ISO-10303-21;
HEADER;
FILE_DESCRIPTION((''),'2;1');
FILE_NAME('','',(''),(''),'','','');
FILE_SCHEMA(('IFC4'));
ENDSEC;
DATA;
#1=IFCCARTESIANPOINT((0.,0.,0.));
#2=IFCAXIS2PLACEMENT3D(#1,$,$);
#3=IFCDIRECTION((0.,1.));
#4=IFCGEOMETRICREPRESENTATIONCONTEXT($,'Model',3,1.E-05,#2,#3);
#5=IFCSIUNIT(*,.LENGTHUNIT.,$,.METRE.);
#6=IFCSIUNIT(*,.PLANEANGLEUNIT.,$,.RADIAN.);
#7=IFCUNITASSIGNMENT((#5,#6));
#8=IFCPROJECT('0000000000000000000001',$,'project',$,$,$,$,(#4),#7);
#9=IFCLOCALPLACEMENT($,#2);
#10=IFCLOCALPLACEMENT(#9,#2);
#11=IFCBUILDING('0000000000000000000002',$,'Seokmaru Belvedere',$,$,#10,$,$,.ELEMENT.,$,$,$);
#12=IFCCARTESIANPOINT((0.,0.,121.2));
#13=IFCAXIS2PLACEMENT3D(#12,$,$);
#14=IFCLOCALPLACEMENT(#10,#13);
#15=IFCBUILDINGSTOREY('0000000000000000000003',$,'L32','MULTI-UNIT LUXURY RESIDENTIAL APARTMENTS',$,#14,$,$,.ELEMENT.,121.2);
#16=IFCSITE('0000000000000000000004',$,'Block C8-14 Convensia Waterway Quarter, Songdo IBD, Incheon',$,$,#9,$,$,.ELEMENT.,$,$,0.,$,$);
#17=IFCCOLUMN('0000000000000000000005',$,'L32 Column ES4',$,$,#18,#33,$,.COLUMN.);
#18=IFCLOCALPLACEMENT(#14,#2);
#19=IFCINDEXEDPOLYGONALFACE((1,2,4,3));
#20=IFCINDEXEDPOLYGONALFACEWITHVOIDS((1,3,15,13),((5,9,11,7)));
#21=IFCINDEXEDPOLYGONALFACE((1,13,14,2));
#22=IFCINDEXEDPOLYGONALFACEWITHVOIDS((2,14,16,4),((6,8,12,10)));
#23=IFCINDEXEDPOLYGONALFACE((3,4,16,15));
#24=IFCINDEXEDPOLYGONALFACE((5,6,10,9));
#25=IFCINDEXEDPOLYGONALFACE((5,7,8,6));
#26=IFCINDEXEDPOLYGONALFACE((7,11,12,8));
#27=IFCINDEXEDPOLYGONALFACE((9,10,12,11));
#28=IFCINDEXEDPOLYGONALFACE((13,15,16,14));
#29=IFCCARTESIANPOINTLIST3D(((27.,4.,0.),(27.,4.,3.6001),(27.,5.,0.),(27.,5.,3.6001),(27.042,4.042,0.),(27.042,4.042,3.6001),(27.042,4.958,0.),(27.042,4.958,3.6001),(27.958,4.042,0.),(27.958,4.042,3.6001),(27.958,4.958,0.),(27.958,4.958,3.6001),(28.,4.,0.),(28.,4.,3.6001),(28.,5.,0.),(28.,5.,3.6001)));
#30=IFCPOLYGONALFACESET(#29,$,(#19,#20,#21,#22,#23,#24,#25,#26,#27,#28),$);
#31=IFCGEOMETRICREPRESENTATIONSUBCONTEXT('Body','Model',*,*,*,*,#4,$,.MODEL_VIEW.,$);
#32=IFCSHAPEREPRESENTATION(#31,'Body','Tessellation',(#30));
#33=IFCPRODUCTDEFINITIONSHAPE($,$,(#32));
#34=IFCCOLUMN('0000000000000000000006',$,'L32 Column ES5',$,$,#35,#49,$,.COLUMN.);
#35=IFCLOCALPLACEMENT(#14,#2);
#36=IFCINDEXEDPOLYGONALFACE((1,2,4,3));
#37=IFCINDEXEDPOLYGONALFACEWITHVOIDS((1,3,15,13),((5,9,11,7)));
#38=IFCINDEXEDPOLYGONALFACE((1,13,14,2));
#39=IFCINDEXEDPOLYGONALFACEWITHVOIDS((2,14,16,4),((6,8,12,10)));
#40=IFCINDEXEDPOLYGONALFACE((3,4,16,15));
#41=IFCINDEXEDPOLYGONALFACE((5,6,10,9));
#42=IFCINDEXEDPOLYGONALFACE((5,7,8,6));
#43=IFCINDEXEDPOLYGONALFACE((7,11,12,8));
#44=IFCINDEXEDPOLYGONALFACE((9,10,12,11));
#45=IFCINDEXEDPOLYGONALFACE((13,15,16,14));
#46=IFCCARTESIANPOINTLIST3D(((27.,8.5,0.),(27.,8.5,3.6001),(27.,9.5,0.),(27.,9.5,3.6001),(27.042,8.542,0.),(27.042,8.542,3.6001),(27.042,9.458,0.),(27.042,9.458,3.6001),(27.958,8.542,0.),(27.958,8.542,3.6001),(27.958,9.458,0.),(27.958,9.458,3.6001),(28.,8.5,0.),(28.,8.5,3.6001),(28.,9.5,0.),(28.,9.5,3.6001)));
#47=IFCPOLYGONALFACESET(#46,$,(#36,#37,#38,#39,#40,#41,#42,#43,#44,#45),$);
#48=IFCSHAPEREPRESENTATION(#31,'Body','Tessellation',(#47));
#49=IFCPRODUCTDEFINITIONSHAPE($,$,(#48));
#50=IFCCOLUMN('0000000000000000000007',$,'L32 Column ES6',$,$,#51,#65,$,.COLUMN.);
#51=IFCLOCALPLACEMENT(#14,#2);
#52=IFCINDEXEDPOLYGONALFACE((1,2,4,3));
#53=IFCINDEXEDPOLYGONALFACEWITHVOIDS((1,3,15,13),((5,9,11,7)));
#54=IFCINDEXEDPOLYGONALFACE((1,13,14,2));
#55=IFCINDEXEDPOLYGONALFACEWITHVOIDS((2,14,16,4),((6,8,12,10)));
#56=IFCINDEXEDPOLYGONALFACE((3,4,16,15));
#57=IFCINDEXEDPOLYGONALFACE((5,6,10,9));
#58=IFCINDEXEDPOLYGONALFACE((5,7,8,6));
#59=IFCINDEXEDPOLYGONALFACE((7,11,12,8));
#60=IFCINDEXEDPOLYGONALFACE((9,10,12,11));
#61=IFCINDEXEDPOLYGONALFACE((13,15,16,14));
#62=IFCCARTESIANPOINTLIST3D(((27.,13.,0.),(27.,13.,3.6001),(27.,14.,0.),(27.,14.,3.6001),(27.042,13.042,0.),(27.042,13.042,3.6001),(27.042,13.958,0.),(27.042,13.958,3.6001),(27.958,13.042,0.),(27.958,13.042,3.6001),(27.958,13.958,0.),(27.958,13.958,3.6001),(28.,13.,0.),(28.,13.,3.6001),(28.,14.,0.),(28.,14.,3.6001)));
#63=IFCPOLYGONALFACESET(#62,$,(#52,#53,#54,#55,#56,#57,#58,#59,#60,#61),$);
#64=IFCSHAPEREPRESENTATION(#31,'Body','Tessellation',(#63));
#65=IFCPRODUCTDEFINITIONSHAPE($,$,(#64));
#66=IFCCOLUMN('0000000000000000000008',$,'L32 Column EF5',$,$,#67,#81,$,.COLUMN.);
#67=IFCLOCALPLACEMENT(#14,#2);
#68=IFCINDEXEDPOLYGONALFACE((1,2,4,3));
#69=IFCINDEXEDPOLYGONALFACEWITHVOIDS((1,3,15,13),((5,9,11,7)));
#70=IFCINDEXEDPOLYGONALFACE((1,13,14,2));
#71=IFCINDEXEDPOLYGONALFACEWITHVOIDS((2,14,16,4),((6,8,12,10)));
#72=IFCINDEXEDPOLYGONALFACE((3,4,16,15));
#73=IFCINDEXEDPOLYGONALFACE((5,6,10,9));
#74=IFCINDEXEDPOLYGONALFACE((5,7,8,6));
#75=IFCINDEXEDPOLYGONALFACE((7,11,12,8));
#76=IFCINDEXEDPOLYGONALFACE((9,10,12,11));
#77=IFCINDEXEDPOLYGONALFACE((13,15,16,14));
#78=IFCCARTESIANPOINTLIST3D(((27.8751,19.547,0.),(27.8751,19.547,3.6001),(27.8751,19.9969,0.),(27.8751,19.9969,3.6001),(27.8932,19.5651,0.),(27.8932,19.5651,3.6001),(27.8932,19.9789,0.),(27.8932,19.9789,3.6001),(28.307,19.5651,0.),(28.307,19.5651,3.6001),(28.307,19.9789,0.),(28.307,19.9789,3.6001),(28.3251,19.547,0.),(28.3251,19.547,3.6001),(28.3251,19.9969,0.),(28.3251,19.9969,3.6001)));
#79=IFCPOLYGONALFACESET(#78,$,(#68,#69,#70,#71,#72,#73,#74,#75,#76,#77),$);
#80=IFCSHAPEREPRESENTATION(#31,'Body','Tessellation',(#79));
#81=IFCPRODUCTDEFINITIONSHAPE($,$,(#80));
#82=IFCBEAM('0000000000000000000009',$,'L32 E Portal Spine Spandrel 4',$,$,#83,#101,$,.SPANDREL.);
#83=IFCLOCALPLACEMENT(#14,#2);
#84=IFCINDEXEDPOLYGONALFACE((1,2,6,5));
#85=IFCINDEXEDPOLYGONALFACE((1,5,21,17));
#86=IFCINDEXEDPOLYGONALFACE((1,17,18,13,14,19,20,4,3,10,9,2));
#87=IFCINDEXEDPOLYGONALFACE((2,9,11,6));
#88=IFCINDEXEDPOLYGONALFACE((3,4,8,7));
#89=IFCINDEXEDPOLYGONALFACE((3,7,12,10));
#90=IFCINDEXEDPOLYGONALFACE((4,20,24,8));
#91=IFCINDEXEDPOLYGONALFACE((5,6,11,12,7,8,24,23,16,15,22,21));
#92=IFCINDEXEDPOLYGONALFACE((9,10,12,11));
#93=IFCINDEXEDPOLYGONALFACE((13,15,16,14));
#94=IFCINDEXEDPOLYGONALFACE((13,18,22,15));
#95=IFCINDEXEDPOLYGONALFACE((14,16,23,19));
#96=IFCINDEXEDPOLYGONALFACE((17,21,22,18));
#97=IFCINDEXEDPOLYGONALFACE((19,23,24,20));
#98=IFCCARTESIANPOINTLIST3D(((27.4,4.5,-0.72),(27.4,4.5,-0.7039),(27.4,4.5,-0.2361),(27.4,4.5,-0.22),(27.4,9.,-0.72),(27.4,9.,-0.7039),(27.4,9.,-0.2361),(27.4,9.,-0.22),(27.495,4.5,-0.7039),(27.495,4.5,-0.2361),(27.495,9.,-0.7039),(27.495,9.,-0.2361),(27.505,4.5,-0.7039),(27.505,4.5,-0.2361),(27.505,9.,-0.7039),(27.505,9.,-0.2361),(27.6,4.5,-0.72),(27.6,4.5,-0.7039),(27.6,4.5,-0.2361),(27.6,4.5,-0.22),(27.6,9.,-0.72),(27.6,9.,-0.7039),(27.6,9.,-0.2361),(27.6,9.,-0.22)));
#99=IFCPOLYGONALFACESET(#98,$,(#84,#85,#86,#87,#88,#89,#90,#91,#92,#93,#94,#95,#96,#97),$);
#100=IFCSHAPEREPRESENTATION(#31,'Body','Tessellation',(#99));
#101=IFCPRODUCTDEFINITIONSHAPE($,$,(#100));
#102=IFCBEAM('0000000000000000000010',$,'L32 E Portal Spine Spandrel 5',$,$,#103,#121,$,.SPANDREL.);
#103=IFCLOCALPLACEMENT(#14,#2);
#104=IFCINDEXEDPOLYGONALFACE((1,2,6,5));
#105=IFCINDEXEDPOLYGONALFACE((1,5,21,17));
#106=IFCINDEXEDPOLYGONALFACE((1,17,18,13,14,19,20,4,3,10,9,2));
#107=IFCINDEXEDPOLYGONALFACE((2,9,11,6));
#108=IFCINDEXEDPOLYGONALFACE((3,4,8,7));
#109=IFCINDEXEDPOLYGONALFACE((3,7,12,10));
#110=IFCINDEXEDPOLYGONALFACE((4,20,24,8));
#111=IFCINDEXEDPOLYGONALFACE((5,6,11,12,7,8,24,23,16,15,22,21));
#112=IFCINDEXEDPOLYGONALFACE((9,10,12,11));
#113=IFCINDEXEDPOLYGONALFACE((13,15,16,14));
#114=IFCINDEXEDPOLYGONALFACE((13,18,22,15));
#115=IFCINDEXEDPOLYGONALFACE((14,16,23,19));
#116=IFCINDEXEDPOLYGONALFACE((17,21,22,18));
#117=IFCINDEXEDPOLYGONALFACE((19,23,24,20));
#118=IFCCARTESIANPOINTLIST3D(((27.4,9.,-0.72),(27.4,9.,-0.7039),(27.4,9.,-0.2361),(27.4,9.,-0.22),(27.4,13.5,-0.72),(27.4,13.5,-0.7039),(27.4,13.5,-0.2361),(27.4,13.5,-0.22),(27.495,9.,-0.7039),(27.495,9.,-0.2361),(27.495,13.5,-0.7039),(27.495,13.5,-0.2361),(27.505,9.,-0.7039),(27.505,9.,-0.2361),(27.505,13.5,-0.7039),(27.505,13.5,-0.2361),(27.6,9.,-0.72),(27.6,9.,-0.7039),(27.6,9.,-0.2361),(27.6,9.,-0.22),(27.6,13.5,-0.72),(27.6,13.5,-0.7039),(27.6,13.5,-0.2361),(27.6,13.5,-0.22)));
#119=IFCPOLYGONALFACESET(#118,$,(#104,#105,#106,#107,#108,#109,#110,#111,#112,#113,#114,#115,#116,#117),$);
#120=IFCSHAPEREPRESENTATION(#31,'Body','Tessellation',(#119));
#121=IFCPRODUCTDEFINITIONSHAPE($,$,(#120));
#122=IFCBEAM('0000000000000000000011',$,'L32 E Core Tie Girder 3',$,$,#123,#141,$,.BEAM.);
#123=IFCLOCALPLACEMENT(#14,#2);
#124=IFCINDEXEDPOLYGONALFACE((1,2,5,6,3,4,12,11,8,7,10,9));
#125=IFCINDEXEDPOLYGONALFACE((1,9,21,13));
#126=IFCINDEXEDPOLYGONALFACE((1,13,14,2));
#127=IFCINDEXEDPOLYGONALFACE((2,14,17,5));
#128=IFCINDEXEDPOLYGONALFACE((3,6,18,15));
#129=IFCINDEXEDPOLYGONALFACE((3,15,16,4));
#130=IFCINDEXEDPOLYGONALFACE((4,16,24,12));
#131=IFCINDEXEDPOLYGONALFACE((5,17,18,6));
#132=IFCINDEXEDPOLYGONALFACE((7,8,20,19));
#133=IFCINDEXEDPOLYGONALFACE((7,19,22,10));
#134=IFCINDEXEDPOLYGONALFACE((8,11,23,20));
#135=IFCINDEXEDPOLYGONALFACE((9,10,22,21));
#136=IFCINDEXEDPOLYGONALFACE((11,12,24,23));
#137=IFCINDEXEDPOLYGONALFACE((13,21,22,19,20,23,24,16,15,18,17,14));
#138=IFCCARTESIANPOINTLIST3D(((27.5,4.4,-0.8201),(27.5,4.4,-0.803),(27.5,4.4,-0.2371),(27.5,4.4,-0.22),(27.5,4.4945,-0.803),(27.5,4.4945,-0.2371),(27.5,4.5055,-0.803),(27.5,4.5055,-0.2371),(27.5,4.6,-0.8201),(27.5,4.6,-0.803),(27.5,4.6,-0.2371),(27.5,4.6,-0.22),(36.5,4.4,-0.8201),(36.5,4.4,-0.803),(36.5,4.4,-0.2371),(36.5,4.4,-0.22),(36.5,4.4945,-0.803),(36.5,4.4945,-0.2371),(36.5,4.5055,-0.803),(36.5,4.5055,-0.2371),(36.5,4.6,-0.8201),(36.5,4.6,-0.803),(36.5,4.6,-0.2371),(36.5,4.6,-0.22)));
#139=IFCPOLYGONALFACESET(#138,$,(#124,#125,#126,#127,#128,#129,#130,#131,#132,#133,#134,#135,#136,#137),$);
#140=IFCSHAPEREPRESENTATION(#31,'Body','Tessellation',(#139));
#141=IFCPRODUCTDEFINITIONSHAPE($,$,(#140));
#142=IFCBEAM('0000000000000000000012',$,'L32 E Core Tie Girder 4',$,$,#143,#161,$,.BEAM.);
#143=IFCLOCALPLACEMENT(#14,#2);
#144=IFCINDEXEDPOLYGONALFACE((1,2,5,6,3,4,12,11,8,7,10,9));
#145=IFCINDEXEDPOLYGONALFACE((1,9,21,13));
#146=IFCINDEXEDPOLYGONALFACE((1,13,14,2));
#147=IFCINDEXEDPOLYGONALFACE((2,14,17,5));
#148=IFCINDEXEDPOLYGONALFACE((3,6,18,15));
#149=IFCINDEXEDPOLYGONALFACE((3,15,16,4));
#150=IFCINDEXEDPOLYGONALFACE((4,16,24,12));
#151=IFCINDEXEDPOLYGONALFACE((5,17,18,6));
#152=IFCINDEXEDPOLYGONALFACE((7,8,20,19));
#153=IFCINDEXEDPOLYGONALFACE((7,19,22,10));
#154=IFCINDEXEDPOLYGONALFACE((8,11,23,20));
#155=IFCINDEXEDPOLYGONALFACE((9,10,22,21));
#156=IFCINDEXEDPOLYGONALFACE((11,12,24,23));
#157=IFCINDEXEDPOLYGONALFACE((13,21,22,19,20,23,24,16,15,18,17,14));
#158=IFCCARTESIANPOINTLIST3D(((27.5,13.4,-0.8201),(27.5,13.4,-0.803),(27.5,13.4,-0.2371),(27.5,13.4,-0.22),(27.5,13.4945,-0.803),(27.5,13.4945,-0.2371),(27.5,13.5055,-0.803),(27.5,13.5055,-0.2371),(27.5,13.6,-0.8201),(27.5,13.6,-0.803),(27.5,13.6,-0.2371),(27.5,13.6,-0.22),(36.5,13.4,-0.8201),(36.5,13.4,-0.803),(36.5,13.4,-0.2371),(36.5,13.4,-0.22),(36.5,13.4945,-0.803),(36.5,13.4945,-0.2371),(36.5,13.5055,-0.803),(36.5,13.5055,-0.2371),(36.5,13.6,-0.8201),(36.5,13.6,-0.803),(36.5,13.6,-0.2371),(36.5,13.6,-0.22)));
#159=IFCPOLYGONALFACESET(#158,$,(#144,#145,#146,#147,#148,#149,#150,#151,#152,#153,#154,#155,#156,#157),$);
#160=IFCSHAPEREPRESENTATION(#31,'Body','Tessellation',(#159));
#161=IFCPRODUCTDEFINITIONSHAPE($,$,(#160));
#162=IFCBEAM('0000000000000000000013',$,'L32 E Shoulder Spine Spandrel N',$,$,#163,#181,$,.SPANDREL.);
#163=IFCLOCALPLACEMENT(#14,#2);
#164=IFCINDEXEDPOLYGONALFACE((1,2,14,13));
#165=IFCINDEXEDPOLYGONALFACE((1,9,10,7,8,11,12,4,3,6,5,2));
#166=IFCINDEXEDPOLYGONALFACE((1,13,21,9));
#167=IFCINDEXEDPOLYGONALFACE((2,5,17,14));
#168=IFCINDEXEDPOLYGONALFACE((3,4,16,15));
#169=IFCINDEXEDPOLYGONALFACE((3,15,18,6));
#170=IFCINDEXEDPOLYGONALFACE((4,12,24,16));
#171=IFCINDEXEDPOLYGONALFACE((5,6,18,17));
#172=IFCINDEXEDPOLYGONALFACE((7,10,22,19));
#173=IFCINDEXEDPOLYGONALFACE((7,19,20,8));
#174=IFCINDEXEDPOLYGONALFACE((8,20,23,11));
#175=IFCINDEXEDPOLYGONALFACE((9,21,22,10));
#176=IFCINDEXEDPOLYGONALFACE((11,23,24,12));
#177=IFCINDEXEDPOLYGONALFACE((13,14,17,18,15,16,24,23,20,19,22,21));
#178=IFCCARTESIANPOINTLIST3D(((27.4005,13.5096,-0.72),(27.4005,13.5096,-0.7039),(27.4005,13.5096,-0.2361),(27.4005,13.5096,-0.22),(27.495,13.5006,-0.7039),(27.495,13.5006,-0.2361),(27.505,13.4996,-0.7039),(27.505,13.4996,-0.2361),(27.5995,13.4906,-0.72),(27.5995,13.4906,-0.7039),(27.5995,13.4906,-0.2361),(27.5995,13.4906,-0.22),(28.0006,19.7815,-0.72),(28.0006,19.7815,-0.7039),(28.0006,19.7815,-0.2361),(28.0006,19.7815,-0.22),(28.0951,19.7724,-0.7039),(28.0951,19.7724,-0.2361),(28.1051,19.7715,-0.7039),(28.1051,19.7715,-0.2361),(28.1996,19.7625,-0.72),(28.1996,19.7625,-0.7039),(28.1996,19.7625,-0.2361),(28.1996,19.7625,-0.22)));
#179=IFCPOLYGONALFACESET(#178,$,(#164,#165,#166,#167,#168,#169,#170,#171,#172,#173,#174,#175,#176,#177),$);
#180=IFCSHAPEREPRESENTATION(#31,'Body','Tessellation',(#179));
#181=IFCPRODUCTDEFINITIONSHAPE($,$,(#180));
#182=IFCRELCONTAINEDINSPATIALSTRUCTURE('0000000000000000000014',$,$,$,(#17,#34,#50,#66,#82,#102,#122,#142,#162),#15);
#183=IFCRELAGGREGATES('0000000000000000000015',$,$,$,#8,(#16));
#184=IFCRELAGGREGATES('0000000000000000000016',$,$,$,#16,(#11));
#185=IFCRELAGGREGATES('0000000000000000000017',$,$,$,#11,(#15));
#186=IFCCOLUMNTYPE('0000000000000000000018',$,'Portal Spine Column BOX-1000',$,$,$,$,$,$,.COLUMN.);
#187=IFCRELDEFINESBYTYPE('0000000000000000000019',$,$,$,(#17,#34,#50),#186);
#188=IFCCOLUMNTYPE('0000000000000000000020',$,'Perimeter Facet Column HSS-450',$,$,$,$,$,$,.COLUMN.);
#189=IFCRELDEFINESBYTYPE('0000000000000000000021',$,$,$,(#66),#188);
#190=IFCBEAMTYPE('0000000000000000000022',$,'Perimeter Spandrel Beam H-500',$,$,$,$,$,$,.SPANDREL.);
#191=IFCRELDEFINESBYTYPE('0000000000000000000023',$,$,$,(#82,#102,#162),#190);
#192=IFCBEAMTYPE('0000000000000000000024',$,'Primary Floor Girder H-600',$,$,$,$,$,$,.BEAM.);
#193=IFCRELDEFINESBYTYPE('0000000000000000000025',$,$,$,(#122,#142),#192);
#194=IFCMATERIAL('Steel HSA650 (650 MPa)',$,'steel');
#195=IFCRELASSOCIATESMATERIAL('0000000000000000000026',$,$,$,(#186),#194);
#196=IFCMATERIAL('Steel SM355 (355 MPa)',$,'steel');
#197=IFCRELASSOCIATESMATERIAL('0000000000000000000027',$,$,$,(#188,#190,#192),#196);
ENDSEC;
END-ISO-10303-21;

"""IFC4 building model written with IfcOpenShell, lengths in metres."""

from ifc_helpers import new_model, si_unit, direction, frame, origin, origin_2d, place, context, subcontext, project, spatial, hollow_rectangle, i_section, extrude, source, transform, mapped, material, material_profile, profile_set, type_object, type_shapes, element, save


model = new_model("IFC4")

# Units and contexts
model_context = context("Model", 3, precision=1e-05, world=origin(), true_north=direction((0.0, 1.0)))
body_context = subcontext(model_context, "Body", "Model", "MODEL_VIEW")
ifc_project = project(units=[si_unit("LENGTHUNIT", "METRE"), si_unit("PLANEANGLEUNIT", "RADIAN")], contexts=[model_context])

# Site, building, storey
site_placement = place(None, origin())
site = spatial("IfcSite", under=ifc_project, at=site_placement, Name="Block C8-14 Convensia Waterway Quarter, Songdo IBD, Incheon", CompositionType="ELEMENT", RefElevation=0.0)
building_placement = place(site_placement, origin())
building = spatial("IfcBuilding", under=site, at=building_placement, Name="Seokmaru Belvedere", CompositionType="ELEMENT")
storey_placement = place(building_placement, frame((0.0, 0.0, 121.2)))
storey = spatial("IfcBuildingStorey", under=building, at=storey_placement, Name="L32", Description="MULTI-UNIT LUXURY RESIDENTIAL APARTMENTS", CompositionType="ELEMENT", Elevation=121.2)

# Columns
ifc_material_1 = material(Name="Steel HSA650 (650 MPa)", Category="steel")
ifc_material_profile_1 = material_profile(ifc_material_1, hollow_rectangle(XDim=1.0, YDim=1.0, WallThickness=0.042, at=origin_2d()), Name="BOX-1000x1000x42")
ifc_profile_set_1 = profile_set([ifc_material_profile_1], Name="Steel HSA650 (650 MPa)")
column_type_1 = type_object("IfcColumnType", Name="Portal Spine Column BOX-1000", PredefinedType="COLUMN", material=ifc_profile_set_1)
shared_shape_1 = source(origin(), body_context, "Body", "SweptSolid", [
    extrude(hollow_rectangle(XDim=1.0, YDim=1.0, WallThickness=0.042, at=origin_2d()), origin(), (0.0, 0.0, 1.0), 3.6001),
])
type_shapes(column_type_1, [shared_shape_1])
for number, where, z_axis, x_axis, name in (
    (1, (27.5, 4.5, 0.0), (0.0, 0.0, 1.0), (1.0, 0.0, 0.0), "L32 Column ES4"),
    (2, (27.5, 9.0, 0.0), (0.0, 0.0, 1.0), (1.0, 0.0, 0.0), "L32 Column ES5"),
    (3, (27.5, 13.5, 0.0), (0.0, 0.0, 1.0), (1.0, 0.0, 0.0), "L32 Column ES6"),
):
    element("IfcColumn", number, at=place(storey_placement, frame(where, z_axis=z_axis, x_axis=x_axis)), inside=storey, type_object=column_type_1, Name=name, PredefinedType="COLUMN", context=body_context, shape_type="MappedRepresentation", body=[
        mapped(shared_shape_1, transform((0.0, 0.0, 0.0), scale=1.0)),
    ])
ifc_material_2 = material(Name="Steel SM355 (355 MPa)", Category="steel")
ifc_material_profile_2 = material_profile(ifc_material_2, hollow_rectangle(XDim=0.45, YDim=0.45, WallThickness=0.0181, at=origin_2d()), Name="HSS-450x450x18")
ifc_profile_set_2 = profile_set([ifc_material_profile_2], Name="Steel SM355 (355 MPa)")
column_type_2 = type_object("IfcColumnType", Name="Perimeter Facet Column HSS-450", PredefinedType="COLUMN", material=ifc_profile_set_2)
shared_shape_2 = source(origin(), body_context, "Body", "SweptSolid", [
    extrude(hollow_rectangle(XDim=0.45, YDim=0.45, WallThickness=0.0181, at=origin_2d()), origin(), (0.0, 0.0, 1.0), 3.6001),
])
type_shapes(column_type_2, [shared_shape_2])
column_placement = place(storey_placement, frame((28.1001, 19.772, 0.0), z_axis=(0.0, 0.0, 1.0), x_axis=(1.0, 0.0, 0.0)))
element("IfcColumn", 4, at=column_placement, inside=storey, type_object=column_type_2, Name="L32 Column EF5", PredefinedType="COLUMN", context=body_context, shape_type="MappedRepresentation", body=[
    mapped(shared_shape_2, transform((0.0, 0.0, 0.0), scale=1.0)),
])

# Beams
ifc_material_profile_3 = material_profile(ifc_material_2, i_section(OverallWidth=0.2, OverallDepth=0.5, WebThickness=0.01, FlangeThickness=0.0161, at=origin_2d()), Name="H-500x200x10x16")
ifc_profile_set_3 = profile_set([ifc_material_profile_3], Name="Steel SM355 (355 MPa)")
beam_type_1 = type_object("IfcBeamType", Name="Perimeter Spandrel Beam H-500", PredefinedType="SPANDREL", material=ifc_profile_set_3)
shared_shape_3 = source(origin(), body_context, "Body", "SweptSolid", [
    extrude(i_section(OverallWidth=0.2, OverallDepth=0.5, WebThickness=0.01, FlangeThickness=0.0161, at=origin_2d()), origin(), (0.0, 0.0, 1.0), 4.5),
])
for number, where, z_axis, x_axis, name in (
    (5, (27.5, 4.5, -0.47), (0.0, 1.0, 0.0), (-1.0, 0.0, 0.0), "L32 E Portal Spine Spandrel 4"),
    (6, (27.5, 9.0, -0.47), (0.0, 1.0, 0.0), (-1.0, 0.0, 0.0), "L32 E Portal Spine Spandrel 5"),
):
    element("IfcBeam", number, at=place(storey_placement, frame(where, z_axis=z_axis, x_axis=x_axis)), inside=storey, type_object=beam_type_1, Name=name, PredefinedType="SPANDREL", context=body_context, shape_type="MappedRepresentation", body=[
        mapped(shared_shape_3, transform((0.0, 0.0, 0.0), scale=1.0)),
    ])
ifc_material_profile_4 = material_profile(ifc_material_2, i_section(OverallWidth=0.2, OverallDepth=0.6001, WebThickness=0.011, FlangeThickness=0.0171, at=origin_2d()), Name="H-600x200x11x17")
ifc_profile_set_4 = profile_set([ifc_material_profile_4], Name="Steel SM355 (355 MPa)")
beam_type_2 = type_object("IfcBeamType", Name="Primary Floor Girder H-600", PredefinedType="BEAM", material=ifc_profile_set_4)
shared_shape_4 = source(origin(), body_context, "Body", "SweptSolid", [
    extrude(i_section(OverallWidth=0.2, OverallDepth=0.6001, WebThickness=0.011, FlangeThickness=0.0171, at=origin_2d()), origin(), (0.0, 0.0, 1.0), 9.0),
])
type_shapes(beam_type_2, [shared_shape_4])
for number, where, z_axis, x_axis, name in (
    (7, (27.5, 4.5, -0.52), (1.0, 0.0, 0.0), (0.0, 1.0, 0.0), "L32 E Core Tie Girder 3"),
    (8, (27.5, 13.5, -0.52), (1.0, 0.0, 0.0), (0.0, 1.0, 0.0), "L32 E Core Tie Girder 4"),
):
    element("IfcBeam", number, at=place(storey_placement, frame(where, z_axis=z_axis, x_axis=x_axis)), inside=storey, type_object=beam_type_2, Name=name, PredefinedType="BEAM", context=body_context, shape_type="MappedRepresentation", body=[
        mapped(shared_shape_4, transform((0.0, 0.0, 0.0), scale=1.0)),
    ])
shared_shape_5 = source(origin(), body_context, "Body", "SweptSolid", [
    extrude(i_section(OverallWidth=0.2, OverallDepth=0.5, WebThickness=0.01, FlangeThickness=0.0161, at=origin_2d()), origin(), (0.0, 0.0, 1.0), 6.3005),
])
type_shapes(beam_type_1, [shared_shape_3, shared_shape_5])
beam_placement = place(storey_placement, frame((28.1001, 19.772, -0.47), z_axis=(-0.095244, -0.995454, 0.0), x_axis=(0.995454, -0.095244, 0.0)))
element("IfcBeam", 9, at=beam_placement, inside=storey, type_object=beam_type_1, Name="L32 E Shoulder Spine Spandrel N", PredefinedType="SPANDREL", context=body_context, shape_type="MappedRepresentation", body=[
    mapped(shared_shape_5, transform((0.0, 0.0, 0.0), scale=1.0)),
])

save(model, "model.ifc")
